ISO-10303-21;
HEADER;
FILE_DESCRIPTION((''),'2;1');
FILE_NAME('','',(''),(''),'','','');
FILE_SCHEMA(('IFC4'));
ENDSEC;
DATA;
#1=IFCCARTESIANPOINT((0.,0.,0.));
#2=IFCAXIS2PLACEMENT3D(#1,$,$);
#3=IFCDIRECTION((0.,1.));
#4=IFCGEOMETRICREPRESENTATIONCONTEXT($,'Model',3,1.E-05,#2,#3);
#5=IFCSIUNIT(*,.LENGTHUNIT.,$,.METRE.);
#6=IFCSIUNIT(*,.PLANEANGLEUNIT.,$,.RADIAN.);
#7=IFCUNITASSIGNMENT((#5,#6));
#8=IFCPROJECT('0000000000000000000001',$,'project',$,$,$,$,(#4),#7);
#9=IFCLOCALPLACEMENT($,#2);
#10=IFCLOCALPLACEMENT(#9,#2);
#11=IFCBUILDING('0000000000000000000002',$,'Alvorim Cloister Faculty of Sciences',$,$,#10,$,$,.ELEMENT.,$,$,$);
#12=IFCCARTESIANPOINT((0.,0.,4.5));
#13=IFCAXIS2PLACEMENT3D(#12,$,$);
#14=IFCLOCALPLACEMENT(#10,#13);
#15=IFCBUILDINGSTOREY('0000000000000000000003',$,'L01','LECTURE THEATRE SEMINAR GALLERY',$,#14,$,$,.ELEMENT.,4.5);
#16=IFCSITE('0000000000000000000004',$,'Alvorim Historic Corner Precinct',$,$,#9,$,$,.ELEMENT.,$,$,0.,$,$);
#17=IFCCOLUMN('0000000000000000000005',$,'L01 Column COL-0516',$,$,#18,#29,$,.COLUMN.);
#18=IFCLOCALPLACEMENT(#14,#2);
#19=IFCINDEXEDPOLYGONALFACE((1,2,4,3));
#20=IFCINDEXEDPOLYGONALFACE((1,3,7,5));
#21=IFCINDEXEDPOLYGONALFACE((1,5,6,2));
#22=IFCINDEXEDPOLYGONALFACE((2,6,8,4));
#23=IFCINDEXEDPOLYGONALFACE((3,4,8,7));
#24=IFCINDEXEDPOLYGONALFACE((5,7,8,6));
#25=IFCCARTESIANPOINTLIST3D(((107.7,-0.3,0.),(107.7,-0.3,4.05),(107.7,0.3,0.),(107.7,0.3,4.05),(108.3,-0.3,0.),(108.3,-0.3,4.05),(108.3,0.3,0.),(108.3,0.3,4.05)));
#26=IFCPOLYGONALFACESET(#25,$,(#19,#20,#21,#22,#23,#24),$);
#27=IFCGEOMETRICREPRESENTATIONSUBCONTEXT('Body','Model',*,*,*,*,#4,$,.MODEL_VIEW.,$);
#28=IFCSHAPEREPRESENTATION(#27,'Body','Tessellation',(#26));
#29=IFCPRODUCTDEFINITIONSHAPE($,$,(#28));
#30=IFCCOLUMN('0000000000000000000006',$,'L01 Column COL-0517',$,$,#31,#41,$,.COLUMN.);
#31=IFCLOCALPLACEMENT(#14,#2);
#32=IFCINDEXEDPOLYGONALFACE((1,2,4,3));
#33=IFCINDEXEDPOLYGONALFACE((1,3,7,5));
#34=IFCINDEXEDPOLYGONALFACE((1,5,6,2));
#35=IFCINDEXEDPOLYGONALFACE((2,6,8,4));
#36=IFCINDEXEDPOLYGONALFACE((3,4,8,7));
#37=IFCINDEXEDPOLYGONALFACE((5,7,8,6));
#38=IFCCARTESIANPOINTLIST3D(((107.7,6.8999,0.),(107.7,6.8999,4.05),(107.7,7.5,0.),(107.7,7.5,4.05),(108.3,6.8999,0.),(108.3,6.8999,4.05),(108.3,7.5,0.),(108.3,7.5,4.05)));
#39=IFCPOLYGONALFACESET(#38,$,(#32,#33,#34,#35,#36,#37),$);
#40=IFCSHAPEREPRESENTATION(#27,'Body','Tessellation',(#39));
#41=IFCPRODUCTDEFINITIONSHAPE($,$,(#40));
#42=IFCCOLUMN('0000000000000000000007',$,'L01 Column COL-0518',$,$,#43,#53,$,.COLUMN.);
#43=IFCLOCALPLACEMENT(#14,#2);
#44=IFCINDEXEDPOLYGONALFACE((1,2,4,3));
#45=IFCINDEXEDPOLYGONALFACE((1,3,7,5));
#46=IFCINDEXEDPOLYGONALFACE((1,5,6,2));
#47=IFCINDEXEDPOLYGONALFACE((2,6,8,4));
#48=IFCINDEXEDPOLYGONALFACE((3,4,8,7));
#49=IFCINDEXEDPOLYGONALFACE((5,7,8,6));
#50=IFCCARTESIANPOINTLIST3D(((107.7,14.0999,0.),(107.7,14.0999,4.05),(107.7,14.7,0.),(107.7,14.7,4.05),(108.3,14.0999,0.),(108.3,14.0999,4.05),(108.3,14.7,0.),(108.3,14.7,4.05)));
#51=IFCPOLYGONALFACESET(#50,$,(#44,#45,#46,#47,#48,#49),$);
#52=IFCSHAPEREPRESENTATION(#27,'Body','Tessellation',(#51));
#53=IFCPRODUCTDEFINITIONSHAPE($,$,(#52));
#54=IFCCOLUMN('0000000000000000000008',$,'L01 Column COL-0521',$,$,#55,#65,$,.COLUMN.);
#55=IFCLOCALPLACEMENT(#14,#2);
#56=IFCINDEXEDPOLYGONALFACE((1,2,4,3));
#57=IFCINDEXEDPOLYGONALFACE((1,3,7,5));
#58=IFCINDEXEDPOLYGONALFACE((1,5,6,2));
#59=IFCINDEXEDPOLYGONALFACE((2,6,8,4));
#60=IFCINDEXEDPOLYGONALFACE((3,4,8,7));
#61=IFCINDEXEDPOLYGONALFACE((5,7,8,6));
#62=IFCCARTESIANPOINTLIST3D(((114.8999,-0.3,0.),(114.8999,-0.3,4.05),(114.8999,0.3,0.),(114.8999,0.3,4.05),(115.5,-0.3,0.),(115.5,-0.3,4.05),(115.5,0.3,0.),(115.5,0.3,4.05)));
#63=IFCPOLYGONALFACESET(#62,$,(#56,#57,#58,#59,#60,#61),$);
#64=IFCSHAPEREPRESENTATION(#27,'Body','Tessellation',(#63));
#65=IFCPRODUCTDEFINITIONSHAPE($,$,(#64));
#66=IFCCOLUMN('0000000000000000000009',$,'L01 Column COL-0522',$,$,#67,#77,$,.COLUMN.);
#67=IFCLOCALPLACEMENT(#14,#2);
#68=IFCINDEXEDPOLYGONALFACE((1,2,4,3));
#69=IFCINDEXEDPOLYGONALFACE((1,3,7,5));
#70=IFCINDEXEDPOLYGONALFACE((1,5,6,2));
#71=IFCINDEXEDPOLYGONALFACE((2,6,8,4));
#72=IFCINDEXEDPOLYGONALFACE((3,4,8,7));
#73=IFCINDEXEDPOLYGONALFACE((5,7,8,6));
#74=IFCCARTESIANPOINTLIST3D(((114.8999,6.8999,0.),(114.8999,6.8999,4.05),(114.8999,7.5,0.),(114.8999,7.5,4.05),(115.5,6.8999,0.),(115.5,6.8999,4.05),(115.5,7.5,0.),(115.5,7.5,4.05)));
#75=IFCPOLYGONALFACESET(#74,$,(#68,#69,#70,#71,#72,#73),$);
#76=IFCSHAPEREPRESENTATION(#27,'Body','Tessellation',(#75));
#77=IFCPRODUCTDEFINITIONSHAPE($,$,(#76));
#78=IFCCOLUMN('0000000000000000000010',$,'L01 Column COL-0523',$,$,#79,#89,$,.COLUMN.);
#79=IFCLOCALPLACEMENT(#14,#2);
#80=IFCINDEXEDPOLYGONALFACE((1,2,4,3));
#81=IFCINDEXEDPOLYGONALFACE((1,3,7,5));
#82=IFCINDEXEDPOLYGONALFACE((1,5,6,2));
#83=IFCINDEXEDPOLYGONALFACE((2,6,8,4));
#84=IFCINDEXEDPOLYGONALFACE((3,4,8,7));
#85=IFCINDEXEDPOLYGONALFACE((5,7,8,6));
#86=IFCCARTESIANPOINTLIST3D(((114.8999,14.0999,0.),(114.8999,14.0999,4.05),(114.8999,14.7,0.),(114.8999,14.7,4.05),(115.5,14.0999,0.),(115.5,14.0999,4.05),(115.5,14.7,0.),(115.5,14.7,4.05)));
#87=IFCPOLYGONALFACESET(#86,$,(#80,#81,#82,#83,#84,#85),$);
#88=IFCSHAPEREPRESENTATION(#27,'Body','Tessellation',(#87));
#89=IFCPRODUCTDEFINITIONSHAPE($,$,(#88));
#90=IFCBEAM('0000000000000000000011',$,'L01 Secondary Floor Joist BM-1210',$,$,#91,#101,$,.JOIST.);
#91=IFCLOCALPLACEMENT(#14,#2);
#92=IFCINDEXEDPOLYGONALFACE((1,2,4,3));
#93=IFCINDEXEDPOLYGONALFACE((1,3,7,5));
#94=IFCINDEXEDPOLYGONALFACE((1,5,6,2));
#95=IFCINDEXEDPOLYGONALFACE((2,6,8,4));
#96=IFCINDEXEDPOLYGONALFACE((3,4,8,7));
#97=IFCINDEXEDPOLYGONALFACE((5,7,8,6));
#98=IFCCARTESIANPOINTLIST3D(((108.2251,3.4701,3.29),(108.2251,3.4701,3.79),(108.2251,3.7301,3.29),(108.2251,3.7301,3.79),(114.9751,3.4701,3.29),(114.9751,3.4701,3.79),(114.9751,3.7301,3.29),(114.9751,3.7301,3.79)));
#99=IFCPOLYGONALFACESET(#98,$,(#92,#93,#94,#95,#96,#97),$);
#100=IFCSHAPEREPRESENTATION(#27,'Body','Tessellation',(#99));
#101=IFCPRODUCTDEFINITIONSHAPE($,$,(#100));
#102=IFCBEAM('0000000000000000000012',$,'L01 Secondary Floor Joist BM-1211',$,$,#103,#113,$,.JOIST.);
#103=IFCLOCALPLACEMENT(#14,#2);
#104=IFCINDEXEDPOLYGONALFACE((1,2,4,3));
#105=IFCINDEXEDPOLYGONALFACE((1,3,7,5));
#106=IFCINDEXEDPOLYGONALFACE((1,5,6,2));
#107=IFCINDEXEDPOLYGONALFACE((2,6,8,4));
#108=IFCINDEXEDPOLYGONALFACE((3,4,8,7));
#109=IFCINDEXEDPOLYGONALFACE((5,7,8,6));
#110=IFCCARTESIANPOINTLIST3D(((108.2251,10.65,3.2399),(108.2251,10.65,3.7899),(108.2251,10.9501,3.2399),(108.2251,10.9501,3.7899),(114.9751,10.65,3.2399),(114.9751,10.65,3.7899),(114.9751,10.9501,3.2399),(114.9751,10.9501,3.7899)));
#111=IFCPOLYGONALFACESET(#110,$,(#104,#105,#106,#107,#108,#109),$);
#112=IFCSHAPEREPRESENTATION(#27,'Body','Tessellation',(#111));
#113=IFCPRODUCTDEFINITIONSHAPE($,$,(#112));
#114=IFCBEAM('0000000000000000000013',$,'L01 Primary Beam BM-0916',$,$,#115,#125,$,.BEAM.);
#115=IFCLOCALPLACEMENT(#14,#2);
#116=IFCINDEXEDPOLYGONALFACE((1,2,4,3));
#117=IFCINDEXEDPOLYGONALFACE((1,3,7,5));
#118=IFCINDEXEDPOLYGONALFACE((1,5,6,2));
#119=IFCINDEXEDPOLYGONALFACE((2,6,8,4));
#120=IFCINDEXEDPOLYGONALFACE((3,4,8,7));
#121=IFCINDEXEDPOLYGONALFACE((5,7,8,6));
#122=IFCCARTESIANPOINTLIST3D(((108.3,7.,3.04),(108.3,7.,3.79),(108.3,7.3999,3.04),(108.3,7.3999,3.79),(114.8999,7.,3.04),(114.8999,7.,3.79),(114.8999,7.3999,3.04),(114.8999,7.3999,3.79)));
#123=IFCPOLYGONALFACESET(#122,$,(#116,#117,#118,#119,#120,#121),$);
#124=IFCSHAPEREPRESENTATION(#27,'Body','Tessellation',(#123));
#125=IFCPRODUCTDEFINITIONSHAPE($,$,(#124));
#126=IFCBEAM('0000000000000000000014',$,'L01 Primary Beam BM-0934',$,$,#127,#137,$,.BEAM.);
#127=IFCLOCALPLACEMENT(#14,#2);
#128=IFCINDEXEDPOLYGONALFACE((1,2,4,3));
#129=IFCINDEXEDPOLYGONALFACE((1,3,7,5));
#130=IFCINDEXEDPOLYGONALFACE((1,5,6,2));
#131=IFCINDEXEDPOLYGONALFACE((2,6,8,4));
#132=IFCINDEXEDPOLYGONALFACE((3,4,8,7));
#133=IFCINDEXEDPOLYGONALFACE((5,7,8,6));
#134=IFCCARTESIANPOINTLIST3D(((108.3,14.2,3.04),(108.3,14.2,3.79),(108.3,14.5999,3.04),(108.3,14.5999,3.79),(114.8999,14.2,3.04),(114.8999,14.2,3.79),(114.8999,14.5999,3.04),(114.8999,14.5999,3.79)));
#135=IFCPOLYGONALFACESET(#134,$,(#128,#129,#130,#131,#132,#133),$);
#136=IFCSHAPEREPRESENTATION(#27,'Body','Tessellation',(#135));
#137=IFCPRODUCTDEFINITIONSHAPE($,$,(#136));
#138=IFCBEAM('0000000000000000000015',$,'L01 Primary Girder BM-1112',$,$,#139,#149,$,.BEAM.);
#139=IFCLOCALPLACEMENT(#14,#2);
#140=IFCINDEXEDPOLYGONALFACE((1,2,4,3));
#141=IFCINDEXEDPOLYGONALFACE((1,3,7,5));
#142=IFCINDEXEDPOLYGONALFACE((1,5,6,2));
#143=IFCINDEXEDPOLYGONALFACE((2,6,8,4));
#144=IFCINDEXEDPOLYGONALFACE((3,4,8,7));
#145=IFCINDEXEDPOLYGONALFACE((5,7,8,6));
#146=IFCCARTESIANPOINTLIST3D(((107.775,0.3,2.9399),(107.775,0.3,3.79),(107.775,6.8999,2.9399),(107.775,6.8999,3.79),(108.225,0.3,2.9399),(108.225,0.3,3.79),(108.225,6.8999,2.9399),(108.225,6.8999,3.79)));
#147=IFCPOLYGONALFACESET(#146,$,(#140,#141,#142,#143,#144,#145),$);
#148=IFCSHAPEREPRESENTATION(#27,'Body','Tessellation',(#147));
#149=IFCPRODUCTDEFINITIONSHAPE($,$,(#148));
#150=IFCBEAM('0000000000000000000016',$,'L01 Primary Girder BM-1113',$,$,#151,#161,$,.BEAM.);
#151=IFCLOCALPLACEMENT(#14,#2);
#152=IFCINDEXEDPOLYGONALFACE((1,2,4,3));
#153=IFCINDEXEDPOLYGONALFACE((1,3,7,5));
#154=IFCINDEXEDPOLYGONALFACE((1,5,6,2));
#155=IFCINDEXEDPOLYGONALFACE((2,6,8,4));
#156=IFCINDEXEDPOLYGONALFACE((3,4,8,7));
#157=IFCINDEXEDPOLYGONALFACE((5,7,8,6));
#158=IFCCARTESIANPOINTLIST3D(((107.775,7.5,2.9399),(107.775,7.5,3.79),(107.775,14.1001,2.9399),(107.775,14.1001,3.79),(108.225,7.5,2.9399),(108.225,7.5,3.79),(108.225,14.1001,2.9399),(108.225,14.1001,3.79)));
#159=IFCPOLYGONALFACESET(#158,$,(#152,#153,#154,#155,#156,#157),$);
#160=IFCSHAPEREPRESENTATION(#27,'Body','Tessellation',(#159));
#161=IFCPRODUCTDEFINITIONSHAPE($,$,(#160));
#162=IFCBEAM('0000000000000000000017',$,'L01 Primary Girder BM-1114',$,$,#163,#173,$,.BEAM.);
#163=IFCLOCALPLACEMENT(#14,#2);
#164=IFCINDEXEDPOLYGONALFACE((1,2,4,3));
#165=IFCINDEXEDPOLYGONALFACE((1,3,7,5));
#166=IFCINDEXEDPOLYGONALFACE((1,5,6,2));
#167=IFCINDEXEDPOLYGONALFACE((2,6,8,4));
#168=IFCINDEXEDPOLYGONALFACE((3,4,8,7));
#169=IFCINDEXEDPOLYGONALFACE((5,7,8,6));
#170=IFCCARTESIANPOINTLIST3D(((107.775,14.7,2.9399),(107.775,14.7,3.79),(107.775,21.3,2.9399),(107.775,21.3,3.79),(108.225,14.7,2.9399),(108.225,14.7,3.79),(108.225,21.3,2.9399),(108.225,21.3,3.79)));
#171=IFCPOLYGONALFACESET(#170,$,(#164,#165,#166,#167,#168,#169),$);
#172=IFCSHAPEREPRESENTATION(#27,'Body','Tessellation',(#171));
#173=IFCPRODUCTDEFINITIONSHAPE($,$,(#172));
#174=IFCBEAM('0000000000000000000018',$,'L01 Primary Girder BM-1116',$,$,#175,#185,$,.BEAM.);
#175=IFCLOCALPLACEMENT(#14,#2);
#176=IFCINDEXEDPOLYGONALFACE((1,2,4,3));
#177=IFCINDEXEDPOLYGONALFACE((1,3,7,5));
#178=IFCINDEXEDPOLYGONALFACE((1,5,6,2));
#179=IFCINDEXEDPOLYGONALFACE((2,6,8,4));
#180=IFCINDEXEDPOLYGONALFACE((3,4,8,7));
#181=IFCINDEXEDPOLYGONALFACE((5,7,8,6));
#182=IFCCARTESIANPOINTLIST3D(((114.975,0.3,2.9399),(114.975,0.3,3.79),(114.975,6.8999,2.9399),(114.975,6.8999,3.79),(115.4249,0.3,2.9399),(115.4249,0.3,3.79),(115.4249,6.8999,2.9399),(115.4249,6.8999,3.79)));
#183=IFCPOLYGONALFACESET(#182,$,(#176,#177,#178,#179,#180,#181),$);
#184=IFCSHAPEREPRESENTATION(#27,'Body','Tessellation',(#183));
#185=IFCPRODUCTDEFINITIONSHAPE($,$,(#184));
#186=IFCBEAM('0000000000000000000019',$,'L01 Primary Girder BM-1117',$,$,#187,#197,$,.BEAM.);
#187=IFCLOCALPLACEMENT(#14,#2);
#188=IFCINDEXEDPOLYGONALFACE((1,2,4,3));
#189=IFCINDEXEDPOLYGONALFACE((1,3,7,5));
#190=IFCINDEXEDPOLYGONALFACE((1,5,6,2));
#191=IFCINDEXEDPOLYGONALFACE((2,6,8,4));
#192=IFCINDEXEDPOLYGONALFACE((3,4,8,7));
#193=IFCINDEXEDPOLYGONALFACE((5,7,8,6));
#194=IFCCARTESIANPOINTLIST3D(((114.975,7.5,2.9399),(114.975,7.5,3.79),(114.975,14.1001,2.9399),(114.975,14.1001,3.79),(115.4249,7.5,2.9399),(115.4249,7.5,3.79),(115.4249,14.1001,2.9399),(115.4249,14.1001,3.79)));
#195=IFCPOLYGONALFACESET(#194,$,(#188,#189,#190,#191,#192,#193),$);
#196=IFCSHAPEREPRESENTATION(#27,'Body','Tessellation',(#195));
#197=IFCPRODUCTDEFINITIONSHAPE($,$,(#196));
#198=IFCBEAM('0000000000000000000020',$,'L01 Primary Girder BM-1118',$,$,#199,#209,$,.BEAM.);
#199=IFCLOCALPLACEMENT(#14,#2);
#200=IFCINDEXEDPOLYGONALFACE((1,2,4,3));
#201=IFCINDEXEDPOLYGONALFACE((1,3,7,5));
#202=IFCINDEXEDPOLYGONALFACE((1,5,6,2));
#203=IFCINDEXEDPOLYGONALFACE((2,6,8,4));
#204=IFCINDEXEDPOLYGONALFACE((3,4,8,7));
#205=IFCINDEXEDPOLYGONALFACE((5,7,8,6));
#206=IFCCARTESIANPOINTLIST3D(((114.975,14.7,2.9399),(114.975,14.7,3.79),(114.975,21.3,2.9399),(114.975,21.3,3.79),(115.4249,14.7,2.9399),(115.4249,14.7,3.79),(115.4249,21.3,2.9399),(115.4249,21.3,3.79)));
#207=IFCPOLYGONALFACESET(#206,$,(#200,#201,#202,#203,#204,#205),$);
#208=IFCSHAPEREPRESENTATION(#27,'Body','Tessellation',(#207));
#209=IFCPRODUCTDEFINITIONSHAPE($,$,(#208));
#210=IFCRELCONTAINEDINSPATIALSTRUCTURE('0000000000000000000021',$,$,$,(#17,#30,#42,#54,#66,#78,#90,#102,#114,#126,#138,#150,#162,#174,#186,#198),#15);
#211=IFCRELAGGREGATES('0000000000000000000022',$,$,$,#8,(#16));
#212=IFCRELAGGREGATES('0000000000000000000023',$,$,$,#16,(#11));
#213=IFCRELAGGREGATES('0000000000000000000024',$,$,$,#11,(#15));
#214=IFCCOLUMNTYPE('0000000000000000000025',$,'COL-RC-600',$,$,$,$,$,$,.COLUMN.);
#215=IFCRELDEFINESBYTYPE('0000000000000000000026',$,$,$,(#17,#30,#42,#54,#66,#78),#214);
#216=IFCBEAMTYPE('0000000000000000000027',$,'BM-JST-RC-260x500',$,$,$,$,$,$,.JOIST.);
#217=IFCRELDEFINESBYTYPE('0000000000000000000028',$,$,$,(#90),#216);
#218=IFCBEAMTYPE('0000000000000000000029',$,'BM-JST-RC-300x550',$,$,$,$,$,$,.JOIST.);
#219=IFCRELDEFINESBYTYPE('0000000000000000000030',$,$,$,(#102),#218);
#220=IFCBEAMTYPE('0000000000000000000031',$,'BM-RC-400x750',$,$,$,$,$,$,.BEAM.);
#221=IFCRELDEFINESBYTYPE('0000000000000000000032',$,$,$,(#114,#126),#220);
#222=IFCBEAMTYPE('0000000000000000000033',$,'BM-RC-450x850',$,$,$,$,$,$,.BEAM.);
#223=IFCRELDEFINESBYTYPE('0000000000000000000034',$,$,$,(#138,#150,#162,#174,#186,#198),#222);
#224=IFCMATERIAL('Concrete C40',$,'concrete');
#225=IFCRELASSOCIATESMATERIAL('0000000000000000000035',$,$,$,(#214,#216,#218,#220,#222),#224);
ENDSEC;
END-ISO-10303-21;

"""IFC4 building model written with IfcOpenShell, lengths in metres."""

from ifc_helpers import new_model, si_unit, direction, frame, origin, origin_2d, place, context, subcontext, project, spatial, rectangle, extrude, material, material_profile, profile_set, type_object, element, save


model = new_model("IFC4")

# Units and contexts
model_context = context("Model", 3, precision=1e-05, world=origin(), true_north=direction((0.0, 1.0)))
body_context = subcontext(model_context, "Body", "Model", "MODEL_VIEW")
ifc_project = project(units=[si_unit("LENGTHUNIT", "METRE"), si_unit("PLANEANGLEUNIT", "RADIAN")], contexts=[model_context])

# Site, building, storey
site_placement = place(None, origin())
site = spatial("IfcSite", under=ifc_project, at=site_placement, Name="Alvorim Historic Corner Precinct", CompositionType="ELEMENT", RefElevation=0.0)
building_placement = place(site_placement, origin())
building = spatial("IfcBuilding", under=site, at=building_placement, Name="Alvorim Cloister Faculty of Sciences", CompositionType="ELEMENT")
storey_placement = place(building_placement, frame((0.0, 0.0, 4.5)))
storey = spatial("IfcBuildingStorey", under=building, at=storey_placement, Name="L01", Description="LECTURE THEATRE SEMINAR GALLERY", CompositionType="ELEMENT", Elevation=4.5)

# Columns
ifc_material_1 = material(Name="Concrete C40", Category="concrete")
ifc_material_profile_1 = material_profile(ifc_material_1, rectangle(XDim=0.6001, YDim=0.6001, at=origin_2d()), Name="RC40-COL-600x600")
ifc_profile_set_1 = profile_set([ifc_material_profile_1], Name="Concrete C40")
column_type = type_object("IfcColumnType", Name="COL-RC-600", PredefinedType="COLUMN", material=ifc_profile_set_1)
for number, where, z_axis, x_axis, name in (
    (1, (108.0, 0.0, 0.0), (0.0, 0.0, 1.0), (1.0, 0.0, 0.0), "L01 Column COL-0516"),
    (2, (108.0, 7.2, 0.0), (0.0, 0.0, 1.0), (1.0, 0.0, 0.0), "L01 Column COL-0517"),
    (3, (108.0, 14.3999, 0.0), (0.0, 0.0, 1.0), (1.0, 0.0, 0.0), "L01 Column COL-0518"),
    (4, (115.2, 0.0, 0.0), (0.0, 0.0, 1.0), (1.0, 0.0, 0.0), "L01 Column COL-0521"),
    (5, (115.2, 7.2, 0.0), (0.0, 0.0, 1.0), (1.0, 0.0, 0.0), "L01 Column COL-0522"),
    (6, (115.2, 14.3999, 0.0), (0.0, 0.0, 1.0), (1.0, 0.0, 0.0), "L01 Column COL-0523"),
):
    element("IfcColumn", number, at=place(storey_placement, frame(where, z_axis=z_axis, x_axis=x_axis)), inside=storey, type_object=column_type, Name=name, PredefinedType="COLUMN", context=body_context, shape_type="SweptSolid", body=[
        extrude(rectangle(XDim=0.6001, YDim=0.6001, at=origin_2d()), origin(), (0.0, 0.0, 1.0), 4.05),
    ])

# Beams
ifc_material_profile_2 = material_profile(ifc_material_1, rectangle(XDim=0.26, YDim=0.5, at=origin_2d()), Name="RC40-JST-260x500")
ifc_profile_set_2 = profile_set([ifc_material_profile_2], Name="Concrete C40")
beam_type_1 = type_object("IfcBeamType", Name="BM-JST-RC-260x500", PredefinedType="JOIST", material=ifc_profile_set_2)
beam_1_placement = place(storey_placement, frame((108.2251, 3.6001, 3.54), z_axis=(1.0, 0.0, 0.0), x_axis=(0.0, 1.0, 0.0)))
element("IfcBeam", 7, at=beam_1_placement, inside=storey, type_object=beam_type_1, Name="L01 Secondary Floor Joist BM-1210", PredefinedType="JOIST", context=body_context, shape_type="SweptSolid", body=[
    extrude(rectangle(XDim=0.26, YDim=0.5, at=origin_2d()), origin(), (0.0, 0.0, 1.0), 6.75),
])
ifc_material_profile_3 = material_profile(ifc_material_1, rectangle(XDim=0.3, YDim=0.55, at=origin_2d()), Name="RC40-JST-300x550")
ifc_profile_set_3 = profile_set([ifc_material_profile_3], Name="Concrete C40")
beam_type_2 = type_object("IfcBeamType", Name="BM-JST-RC-300x550", PredefinedType="JOIST", material=ifc_profile_set_3)
beam_2_placement = place(storey_placement, frame((108.2251, 10.8, 3.5149), z_axis=(1.0, 0.0, 0.0), x_axis=(0.0, 1.0, 0.0)))
element("IfcBeam", 8, at=beam_2_placement, inside=storey, type_object=beam_type_2, Name="L01 Secondary Floor Joist BM-1211", PredefinedType="JOIST", context=body_context, shape_type="SweptSolid", body=[
    extrude(rectangle(XDim=0.3, YDim=0.55, at=origin_2d()), origin(), (0.0, 0.0, 1.0), 6.75),
])
ifc_material_profile_4 = material_profile(ifc_material_1, rectangle(XDim=0.3999, YDim=0.75, at=origin_2d()), Name="RC40-BM-400x750")
ifc_profile_set_4 = profile_set([ifc_material_profile_4], Name="Concrete C40")
beam_type_3 = type_object("IfcBeamType", Name="BM-RC-400x750", PredefinedType="BEAM", material=ifc_profile_set_4)
for number, where, z_axis, x_axis, name in (
    (9, (108.3, 7.2, 3.415), (1.0, 0.0, 0.0), (0.0, 1.0, 0.0), "L01 Primary Beam BM-0916"),
    (10, (108.3, 14.3999, 3.415), (1.0, 0.0, 0.0), (0.0, 1.0, 0.0), "L01 Primary Beam BM-0934"),
):
    element("IfcBeam", number, at=place(storey_placement, frame(where, z_axis=z_axis, x_axis=x_axis)), inside=storey, type_object=beam_type_3, Name=name, PredefinedType="BEAM", context=body_context, shape_type="SweptSolid", body=[
        extrude(rectangle(XDim=0.3999, YDim=0.75, at=origin_2d()), origin(), (0.0, 0.0, 1.0), 6.5999),
    ])
ifc_material_profile_5 = material_profile(ifc_material_1, rectangle(XDim=0.45, YDim=0.8501, at=origin_2d()), Name="RC40-BM-450x850")
ifc_profile_set_5 = profile_set([ifc_material_profile_5], Name="Concrete C40")
beam_type_4 = type_object("IfcBeamType", Name="BM-RC-450x850", PredefinedType="BEAM", material=ifc_profile_set_5)
beam_3_placement = place(storey_placement, frame((108.0, 0.3, 3.365), z_axis=(0.0, 1.0, 0.0), x_axis=(-1.0, 0.0, 0.0)))
element("IfcBeam", 11, at=beam_3_placement, inside=storey, type_object=beam_type_4, Name="L01 Primary Girder BM-1112", PredefinedType="BEAM", context=body_context, shape_type="SweptSolid", body=[
    extrude(rectangle(XDim=0.45, YDim=0.8501, at=origin_2d()), origin(), (0.0, 0.0, 1.0), 6.5999),
])
for number, where, z_axis, x_axis, name in (
    (12, (108.0, 7.5, 3.365), (0.0, 1.0, 0.0), (-1.0, 0.0, 0.0), "L01 Primary Girder BM-1113"),
    (13, (108.0, 14.7, 3.365), (0.0, 1.0, 0.0), (-1.0, 0.0, 0.0), "L01 Primary Girder BM-1114"),
):
    element("IfcBeam", number, at=place(storey_placement, frame(where, z_axis=z_axis, x_axis=x_axis)), inside=storey, type_object=beam_type_4, Name=name, PredefinedType="BEAM", context=body_context, shape_type="SweptSolid", body=[
        extrude(rectangle(XDim=0.45, YDim=0.8501, at=origin_2d()), origin(), (0.0, 0.0, 1.0), 6.6001),
    ])
beam_4_placement = place(storey_placement, frame((115.2, 0.3, 3.365), z_axis=(0.0, 1.0, 0.0), x_axis=(-1.0, 0.0, 0.0)))
element("IfcBeam", 14, at=beam_4_placement, inside=storey, type_object=beam_type_4, Name="L01 Primary Girder BM-1116", PredefinedType="BEAM", context=body_context, shape_type="SweptSolid", body=[
    extrude(rectangle(XDim=0.45, YDim=0.8501, at=origin_2d()), origin(), (0.0, 0.0, 1.0), 6.5999),
])
for number, where, z_axis, x_axis, name in (
    (15, (115.2, 7.5, 3.365), (0.0, 1.0, 0.0), (-1.0, 0.0, 0.0), "L01 Primary Girder BM-1117"),
    (16, (115.2, 14.7, 3.365), (0.0, 1.0, 0.0), (-1.0, 0.0, 0.0), "L01 Primary Girder BM-1118"),
):
    element("IfcBeam", number, at=place(storey_placement, frame(where, z_axis=z_axis, x_axis=x_axis)), inside=storey, type_object=beam_type_4, Name=name, PredefinedType="BEAM", context=body_context, shape_type="SweptSolid", body=[
        extrude(rectangle(XDim=0.45, YDim=0.8501, at=origin_2d()), origin(), (0.0, 0.0, 1.0), 6.6001),
    ])

save(model, "model.ifc")
